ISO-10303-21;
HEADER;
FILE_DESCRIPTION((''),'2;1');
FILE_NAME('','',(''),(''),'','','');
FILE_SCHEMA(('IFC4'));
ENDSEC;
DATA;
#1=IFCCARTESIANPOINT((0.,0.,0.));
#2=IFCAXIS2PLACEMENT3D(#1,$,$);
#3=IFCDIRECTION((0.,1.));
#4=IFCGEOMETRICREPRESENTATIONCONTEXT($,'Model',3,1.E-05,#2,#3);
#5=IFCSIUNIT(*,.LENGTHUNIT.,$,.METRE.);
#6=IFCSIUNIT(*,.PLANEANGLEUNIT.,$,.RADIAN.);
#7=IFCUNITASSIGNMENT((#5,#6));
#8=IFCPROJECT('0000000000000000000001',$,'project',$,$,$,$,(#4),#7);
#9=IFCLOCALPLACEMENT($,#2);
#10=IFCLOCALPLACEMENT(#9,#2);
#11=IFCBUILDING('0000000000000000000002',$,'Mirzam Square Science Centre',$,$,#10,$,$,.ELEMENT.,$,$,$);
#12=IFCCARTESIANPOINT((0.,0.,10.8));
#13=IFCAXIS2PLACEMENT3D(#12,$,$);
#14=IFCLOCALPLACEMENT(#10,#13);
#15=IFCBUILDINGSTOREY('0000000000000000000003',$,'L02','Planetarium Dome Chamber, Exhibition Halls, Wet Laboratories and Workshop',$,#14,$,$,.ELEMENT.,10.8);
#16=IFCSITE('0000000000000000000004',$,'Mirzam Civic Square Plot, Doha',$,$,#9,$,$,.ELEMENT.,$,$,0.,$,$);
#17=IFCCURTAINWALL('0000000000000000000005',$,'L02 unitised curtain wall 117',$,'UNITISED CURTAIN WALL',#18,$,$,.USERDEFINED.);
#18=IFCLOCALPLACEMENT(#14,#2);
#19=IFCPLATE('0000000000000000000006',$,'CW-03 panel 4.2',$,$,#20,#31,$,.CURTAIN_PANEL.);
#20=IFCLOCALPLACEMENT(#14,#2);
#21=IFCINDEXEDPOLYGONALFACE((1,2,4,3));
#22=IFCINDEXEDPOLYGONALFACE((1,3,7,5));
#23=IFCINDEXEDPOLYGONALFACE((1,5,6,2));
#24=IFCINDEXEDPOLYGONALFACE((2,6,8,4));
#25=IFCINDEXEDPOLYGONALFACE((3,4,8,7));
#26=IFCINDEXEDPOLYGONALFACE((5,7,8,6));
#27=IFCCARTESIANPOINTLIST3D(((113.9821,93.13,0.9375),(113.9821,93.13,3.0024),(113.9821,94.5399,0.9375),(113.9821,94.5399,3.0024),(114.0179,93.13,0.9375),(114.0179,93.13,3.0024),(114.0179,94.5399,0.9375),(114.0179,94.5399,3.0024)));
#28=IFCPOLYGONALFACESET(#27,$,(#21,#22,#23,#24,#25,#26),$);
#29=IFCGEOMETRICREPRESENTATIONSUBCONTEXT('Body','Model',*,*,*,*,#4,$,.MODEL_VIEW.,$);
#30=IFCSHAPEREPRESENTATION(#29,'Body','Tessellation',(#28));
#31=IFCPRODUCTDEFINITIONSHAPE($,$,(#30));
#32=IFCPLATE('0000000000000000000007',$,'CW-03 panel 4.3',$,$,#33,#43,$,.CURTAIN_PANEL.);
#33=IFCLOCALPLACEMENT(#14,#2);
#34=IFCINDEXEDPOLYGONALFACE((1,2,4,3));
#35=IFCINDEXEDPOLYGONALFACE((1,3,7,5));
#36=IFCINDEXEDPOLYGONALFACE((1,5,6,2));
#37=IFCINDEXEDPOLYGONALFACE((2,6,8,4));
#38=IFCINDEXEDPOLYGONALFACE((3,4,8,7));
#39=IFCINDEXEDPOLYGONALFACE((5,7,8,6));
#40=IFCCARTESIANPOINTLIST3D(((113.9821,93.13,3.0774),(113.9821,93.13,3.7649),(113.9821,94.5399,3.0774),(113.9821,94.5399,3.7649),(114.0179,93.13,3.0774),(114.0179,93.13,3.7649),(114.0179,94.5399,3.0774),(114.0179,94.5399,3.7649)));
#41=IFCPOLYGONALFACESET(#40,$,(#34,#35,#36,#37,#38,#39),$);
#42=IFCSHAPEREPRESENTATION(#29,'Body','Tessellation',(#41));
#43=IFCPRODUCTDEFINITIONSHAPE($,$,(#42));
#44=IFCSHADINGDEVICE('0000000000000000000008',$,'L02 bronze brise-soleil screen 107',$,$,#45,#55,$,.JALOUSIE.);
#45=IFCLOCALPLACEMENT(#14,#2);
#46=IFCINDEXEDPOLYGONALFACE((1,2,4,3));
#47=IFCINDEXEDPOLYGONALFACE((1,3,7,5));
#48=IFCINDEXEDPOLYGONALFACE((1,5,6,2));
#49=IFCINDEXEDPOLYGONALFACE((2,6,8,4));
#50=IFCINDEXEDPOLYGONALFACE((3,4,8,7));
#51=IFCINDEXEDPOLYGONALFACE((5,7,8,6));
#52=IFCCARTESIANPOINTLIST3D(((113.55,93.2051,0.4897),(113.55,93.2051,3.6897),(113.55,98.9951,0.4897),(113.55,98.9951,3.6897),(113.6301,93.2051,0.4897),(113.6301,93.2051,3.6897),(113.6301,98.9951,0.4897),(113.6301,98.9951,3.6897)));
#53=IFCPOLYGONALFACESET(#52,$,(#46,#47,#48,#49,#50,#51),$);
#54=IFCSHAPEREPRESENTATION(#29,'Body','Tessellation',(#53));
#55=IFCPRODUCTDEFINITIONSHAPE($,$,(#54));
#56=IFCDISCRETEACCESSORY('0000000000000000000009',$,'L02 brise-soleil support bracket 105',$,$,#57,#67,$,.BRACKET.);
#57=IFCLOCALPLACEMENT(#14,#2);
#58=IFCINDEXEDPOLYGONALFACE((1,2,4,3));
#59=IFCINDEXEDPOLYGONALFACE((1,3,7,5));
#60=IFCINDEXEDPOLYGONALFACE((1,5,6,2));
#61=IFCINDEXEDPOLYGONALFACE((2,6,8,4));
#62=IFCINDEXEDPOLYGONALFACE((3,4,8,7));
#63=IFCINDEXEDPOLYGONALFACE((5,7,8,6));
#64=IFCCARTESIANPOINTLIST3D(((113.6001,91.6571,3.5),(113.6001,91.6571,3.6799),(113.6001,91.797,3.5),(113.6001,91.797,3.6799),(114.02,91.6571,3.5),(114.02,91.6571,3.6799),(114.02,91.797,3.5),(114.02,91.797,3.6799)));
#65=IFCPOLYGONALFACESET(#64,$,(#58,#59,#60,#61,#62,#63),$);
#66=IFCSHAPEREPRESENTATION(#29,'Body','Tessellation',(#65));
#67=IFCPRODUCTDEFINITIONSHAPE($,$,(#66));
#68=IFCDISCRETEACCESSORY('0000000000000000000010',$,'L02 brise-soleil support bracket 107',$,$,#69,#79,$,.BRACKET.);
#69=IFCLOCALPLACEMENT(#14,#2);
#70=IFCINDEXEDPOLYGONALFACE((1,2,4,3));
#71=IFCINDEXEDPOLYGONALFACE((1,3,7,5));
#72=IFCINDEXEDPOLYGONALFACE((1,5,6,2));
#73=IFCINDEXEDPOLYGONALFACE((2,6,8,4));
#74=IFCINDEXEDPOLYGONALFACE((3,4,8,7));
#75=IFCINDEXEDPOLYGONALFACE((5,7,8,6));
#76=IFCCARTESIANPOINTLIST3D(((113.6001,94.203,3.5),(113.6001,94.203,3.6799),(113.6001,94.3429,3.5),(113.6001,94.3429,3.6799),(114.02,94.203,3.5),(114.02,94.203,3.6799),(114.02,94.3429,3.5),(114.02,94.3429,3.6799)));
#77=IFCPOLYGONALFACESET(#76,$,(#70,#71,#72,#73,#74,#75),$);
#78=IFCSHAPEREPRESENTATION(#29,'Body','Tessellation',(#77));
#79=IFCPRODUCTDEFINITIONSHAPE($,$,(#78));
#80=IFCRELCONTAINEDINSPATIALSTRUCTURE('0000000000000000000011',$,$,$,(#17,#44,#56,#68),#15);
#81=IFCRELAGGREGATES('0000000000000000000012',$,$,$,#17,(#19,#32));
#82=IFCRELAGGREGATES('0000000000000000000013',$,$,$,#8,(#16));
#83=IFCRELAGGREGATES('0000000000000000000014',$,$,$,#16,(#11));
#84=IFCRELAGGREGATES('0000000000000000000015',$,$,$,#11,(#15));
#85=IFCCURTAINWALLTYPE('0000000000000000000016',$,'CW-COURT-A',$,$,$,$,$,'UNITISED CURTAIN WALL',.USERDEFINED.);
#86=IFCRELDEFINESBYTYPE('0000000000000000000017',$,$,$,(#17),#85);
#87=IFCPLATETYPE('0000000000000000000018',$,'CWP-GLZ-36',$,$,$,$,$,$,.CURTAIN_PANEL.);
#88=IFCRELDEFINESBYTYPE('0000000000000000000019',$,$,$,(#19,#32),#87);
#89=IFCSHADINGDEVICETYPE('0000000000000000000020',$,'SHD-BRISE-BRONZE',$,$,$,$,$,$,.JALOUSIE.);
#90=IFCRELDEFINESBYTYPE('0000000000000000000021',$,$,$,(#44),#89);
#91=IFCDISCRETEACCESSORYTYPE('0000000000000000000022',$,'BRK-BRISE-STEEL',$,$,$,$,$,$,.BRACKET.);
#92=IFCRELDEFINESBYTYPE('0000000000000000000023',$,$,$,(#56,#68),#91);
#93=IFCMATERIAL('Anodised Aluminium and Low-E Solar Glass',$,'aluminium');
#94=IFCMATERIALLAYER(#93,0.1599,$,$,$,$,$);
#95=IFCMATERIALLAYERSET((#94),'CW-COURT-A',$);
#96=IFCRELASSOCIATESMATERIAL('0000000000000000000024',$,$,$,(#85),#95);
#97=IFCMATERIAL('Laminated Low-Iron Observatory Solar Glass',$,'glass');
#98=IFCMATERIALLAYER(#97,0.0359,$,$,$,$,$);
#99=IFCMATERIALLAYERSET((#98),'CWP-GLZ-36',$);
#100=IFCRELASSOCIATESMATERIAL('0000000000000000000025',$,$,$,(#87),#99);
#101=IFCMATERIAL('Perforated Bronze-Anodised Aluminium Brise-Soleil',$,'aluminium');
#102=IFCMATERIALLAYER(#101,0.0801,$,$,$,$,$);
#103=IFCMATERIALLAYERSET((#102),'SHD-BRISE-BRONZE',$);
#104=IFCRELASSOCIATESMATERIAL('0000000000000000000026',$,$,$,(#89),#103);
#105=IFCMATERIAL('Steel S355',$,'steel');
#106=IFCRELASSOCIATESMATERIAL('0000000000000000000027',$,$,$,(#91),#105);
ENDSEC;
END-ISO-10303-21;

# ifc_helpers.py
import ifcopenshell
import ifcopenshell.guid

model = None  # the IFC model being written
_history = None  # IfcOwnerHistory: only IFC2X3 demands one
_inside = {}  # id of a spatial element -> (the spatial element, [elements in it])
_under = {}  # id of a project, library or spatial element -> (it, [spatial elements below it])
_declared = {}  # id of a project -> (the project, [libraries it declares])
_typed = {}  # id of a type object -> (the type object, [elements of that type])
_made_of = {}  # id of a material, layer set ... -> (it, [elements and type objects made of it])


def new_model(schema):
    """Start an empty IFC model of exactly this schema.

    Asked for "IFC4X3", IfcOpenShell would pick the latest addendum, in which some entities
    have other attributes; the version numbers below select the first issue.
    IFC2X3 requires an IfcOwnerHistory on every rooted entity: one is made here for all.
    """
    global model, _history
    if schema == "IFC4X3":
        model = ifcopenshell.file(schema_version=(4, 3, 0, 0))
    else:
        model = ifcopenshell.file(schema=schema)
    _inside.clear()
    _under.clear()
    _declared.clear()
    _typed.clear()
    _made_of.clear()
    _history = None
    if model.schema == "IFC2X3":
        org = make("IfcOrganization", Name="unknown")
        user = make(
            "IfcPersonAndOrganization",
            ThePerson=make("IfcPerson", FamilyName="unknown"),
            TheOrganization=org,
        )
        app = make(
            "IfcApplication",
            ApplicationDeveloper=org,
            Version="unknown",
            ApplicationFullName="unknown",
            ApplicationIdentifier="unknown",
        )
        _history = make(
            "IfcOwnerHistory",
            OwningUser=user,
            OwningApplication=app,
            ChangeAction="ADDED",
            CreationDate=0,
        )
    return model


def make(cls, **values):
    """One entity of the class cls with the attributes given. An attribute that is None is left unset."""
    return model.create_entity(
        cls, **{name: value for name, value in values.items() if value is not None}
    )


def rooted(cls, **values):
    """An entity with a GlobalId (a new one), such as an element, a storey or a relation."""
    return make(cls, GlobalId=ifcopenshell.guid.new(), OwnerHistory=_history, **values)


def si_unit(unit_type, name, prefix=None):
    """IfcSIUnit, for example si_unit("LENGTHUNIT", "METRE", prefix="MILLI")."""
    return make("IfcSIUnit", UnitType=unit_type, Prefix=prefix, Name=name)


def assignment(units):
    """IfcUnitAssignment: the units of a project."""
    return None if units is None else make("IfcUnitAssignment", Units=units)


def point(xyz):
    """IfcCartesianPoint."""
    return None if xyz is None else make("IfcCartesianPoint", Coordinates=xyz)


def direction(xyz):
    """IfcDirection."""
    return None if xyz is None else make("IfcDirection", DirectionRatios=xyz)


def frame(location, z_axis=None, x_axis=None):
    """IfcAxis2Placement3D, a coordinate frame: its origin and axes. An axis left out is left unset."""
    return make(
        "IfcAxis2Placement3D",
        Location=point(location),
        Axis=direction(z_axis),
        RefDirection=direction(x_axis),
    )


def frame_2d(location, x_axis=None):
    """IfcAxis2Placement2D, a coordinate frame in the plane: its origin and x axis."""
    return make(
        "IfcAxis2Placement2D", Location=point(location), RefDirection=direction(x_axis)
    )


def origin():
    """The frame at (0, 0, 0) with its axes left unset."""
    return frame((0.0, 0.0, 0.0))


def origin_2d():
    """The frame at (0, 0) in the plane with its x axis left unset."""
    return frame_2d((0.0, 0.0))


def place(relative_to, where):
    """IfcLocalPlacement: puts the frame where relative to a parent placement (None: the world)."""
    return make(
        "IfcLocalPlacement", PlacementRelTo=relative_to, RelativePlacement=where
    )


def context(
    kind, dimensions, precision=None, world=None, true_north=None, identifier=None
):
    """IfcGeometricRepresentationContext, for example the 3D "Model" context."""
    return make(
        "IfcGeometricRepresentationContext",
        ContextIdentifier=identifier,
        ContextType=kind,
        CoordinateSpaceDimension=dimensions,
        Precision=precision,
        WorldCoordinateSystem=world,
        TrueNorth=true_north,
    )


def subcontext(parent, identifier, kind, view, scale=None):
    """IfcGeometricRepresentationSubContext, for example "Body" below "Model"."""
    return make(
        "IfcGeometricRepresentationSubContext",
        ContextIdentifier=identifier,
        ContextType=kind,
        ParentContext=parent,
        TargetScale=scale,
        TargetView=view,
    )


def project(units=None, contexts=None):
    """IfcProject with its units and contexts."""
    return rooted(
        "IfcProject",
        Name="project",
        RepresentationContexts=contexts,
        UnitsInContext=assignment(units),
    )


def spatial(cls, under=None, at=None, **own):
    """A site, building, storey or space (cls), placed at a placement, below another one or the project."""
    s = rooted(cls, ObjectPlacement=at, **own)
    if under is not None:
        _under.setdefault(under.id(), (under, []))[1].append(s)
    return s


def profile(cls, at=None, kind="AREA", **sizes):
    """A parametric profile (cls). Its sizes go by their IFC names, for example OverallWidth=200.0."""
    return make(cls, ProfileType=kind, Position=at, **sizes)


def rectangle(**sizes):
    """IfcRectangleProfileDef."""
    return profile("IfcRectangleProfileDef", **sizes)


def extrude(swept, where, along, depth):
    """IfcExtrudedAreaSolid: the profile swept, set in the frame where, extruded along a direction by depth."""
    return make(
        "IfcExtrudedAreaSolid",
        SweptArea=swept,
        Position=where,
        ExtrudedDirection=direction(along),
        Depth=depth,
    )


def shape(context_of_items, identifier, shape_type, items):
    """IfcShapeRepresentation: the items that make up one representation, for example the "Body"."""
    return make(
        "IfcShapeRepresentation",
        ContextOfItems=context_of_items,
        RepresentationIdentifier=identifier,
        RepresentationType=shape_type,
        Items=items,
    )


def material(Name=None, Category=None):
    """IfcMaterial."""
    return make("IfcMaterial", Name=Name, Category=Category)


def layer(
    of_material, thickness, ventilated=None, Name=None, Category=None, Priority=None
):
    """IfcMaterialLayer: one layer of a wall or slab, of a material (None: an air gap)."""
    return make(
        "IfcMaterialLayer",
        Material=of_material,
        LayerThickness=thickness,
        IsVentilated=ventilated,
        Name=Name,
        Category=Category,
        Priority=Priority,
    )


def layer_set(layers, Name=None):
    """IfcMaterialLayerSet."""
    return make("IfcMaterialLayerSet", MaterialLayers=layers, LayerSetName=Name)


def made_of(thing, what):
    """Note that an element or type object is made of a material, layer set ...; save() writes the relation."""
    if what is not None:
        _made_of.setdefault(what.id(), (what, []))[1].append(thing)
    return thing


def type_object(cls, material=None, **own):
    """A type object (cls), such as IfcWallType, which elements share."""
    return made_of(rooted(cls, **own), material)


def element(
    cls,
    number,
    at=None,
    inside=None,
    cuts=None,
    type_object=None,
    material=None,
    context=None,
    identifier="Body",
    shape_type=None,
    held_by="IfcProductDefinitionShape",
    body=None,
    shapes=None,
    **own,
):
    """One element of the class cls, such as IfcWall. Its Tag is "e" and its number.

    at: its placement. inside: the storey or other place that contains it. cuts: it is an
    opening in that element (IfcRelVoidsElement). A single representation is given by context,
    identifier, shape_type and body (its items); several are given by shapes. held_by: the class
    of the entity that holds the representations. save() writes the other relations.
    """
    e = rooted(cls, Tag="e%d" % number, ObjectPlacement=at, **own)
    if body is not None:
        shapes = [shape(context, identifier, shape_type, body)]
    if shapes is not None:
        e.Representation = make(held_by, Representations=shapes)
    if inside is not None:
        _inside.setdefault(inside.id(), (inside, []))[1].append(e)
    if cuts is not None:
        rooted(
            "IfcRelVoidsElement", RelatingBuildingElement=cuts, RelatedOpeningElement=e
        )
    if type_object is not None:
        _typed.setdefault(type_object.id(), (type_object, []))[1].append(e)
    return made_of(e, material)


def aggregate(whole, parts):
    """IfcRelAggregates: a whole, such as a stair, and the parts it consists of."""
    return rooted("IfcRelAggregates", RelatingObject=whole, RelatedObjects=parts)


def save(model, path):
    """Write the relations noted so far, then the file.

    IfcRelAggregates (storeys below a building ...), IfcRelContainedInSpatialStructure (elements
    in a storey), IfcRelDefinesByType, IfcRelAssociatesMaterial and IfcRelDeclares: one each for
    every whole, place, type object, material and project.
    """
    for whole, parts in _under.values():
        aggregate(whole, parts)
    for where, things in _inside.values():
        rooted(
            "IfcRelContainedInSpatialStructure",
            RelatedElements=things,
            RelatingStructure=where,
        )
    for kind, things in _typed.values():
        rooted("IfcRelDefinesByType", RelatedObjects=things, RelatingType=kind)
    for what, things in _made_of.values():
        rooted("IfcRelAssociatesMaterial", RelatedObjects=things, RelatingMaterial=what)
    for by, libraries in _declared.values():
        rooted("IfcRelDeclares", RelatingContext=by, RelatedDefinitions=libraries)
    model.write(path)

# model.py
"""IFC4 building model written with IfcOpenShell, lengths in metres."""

from ifc_helpers import new_model, si_unit, direction, frame, origin, origin_2d, place, context, subcontext, project, spatial, rectangle, extrude, material, layer, layer_set, type_object, element, aggregate, save


model = new_model("IFC4")

# Units and contexts
model_context = context("Model", 3, precision=1e-05, world=origin(), true_north=direction((0.0, 1.0)))
body_context = subcontext(model_context, "Body", "Model", "MODEL_VIEW")
ifc_project = project(units=[si_unit("LENGTHUNIT", "METRE"), si_unit("PLANEANGLEUNIT", "RADIAN")], contexts=[model_context])

# Site, building, storey
site_placement = place(None, origin())
site = spatial("IfcSite", under=ifc_project, at=site_placement, Name="Mirzam Civic Square Plot, Doha", CompositionType="ELEMENT", RefElevation=0.0)
building_placement = place(site_placement, origin())
building = spatial("IfcBuilding", under=site, at=building_placement, Name="Mirzam Square Science Centre", CompositionType="ELEMENT")
storey_placement = place(building_placement, frame((0.0, 0.0, 10.8)))
storey = spatial("IfcBuildingStorey", under=building, at=storey_placement, Name="L02", Description="Planetarium Dome Chamber, Exhibition Halls, Wet Laboratories and Workshop", CompositionType="ELEMENT", Elevation=10.8)

# Shared definitions
ifc_material_1 = material(Name="Steel S355", Category="steel")

# Curtain wall
ifc_material_2 = material(Name="Anodised Aluminium and Low-E Solar Glass", Category="aluminium")
ifc_layer_1 = layer(ifc_material_2, 0.1599)
ifc_layer_set_1 = layer_set([ifc_layer_1], Name="CW-COURT-A")
curtain_wall_type_1 = type_object("IfcCurtainWallType", Name="CW-COURT-A", ElementType="UNITISED CURTAIN WALL", PredefinedType="USERDEFINED", material=ifc_layer_set_1)
curtain_wall_1_placement = place(storey_placement, origin())
curtain_wall_1 = element("IfcCurtainWall", 1, at=curtain_wall_1_placement, inside=storey, type_object=curtain_wall_type_1, Name="L02 unitised curtain wall 117", ObjectType="UNITISED CURTAIN WALL", PredefinedType="USERDEFINED")

# Plates
ifc_material_3 = material(Name="Laminated Low-Iron Observatory Solar Glass", Category="glass")
ifc_layer_2 = layer(ifc_material_3, 0.0359)
ifc_layer_set_2 = layer_set([ifc_layer_2], Name="CWP-GLZ-36")
plate_type_1 = type_object("IfcPlateType", Name="CWP-GLZ-36", PredefinedType="CURTAIN_PANEL", material=ifc_layer_set_2)
plate_1_placement = place(storey_placement, frame((114.0, 93.835, 0.9375), z_axis=(0.0, 0.0, 1.0), x_axis=(0.0, -1.0, 0.0)))
plate_1 = element("IfcPlate", 2, at=plate_1_placement, type_object=plate_type_1, Name="CW-03 panel 4.2", PredefinedType="CURTAIN_PANEL", context=body_context, shape_type="SweptSolid", body=[
    extrude(rectangle(XDim=1.4099, YDim=0.0359, at=origin_2d()), origin(), (0.0, 0.0, 1.0), 2.0649),
])
plate_2_placement = place(storey_placement, frame((114.0, 93.835, 3.0774), z_axis=(0.0, 0.0, 1.0), x_axis=(0.0, -1.0, 0.0)))
plate_2 = element("IfcPlate", 3, at=plate_2_placement, type_object=plate_type_1, Name="CW-03 panel 4.3", PredefinedType="CURTAIN_PANEL", context=body_context, shape_type="SweptSolid", body=[
    extrude(rectangle(XDim=1.4099, YDim=0.0359, at=origin_2d()), origin(), (0.0, 0.0, 1.0), 0.6875),
])
aggregate(curtain_wall_1, [plate_1, plate_2])

# Shading device
ifc_material_4 = material(Name="Perforated Bronze-Anodised Aluminium Brise-Soleil", Category="aluminium")
ifc_layer_3 = layer(ifc_material_4, 0.0801)
ifc_layer_set_3 = layer_set([ifc_layer_3], Name="SHD-BRISE-BRONZE")
shading_device_type = type_object("IfcShadingDeviceType", Name="SHD-BRISE-BRONZE", PredefinedType="JALOUSIE", material=ifc_layer_set_3)
shading_device_placement = place(storey_placement, frame((113.5901, 96.1001, 0.4897), z_axis=(0.0, 0.0, 1.0), x_axis=(0.0, -1.0, 0.0)))
element("IfcShadingDevice", 4, at=shading_device_placement, inside=storey, type_object=shading_device_type, Name="L02 bronze brise-soleil screen 107", PredefinedType="JALOUSIE", context=body_context, shape_type="SweptSolid", body=[
    extrude(rectangle(XDim=5.79, YDim=0.0801, at=origin_2d()), origin(), (0.0, 0.0, 1.0), 3.2),
])

# Discrete accessories
discrete_accessory_type = type_object("IfcDiscreteAccessoryType", Name="BRK-BRISE-STEEL", PredefinedType="BRACKET", material=ifc_material_1)
for number, where, z_axis, x_axis, name in (
    (5, (113.8101, 91.7271, 3.5), (0.0, 0.0, 1.0), (0.0, -1.0, 0.0), "L02 brise-soleil support bracket 105"),
    (6, (113.8101, 94.2729, 3.5), (0.0, 0.0, 1.0), (0.0, -1.0, 0.0), "L02 brise-soleil support bracket 107"),
):
    element("IfcDiscreteAccessory", number, at=place(storey_placement, frame(where, z_axis=z_axis, x_axis=x_axis)), inside=storey, type_object=discrete_accessory_type, Name=name, PredefinedType="BRACKET", context=body_context, shape_type="SweptSolid", body=[
        extrude(rectangle(XDim=0.1399, YDim=0.4199, at=origin_2d()), origin(), (0.0, 0.0, 1.0), 0.1799),
    ])

save(model, "model.ifc")
